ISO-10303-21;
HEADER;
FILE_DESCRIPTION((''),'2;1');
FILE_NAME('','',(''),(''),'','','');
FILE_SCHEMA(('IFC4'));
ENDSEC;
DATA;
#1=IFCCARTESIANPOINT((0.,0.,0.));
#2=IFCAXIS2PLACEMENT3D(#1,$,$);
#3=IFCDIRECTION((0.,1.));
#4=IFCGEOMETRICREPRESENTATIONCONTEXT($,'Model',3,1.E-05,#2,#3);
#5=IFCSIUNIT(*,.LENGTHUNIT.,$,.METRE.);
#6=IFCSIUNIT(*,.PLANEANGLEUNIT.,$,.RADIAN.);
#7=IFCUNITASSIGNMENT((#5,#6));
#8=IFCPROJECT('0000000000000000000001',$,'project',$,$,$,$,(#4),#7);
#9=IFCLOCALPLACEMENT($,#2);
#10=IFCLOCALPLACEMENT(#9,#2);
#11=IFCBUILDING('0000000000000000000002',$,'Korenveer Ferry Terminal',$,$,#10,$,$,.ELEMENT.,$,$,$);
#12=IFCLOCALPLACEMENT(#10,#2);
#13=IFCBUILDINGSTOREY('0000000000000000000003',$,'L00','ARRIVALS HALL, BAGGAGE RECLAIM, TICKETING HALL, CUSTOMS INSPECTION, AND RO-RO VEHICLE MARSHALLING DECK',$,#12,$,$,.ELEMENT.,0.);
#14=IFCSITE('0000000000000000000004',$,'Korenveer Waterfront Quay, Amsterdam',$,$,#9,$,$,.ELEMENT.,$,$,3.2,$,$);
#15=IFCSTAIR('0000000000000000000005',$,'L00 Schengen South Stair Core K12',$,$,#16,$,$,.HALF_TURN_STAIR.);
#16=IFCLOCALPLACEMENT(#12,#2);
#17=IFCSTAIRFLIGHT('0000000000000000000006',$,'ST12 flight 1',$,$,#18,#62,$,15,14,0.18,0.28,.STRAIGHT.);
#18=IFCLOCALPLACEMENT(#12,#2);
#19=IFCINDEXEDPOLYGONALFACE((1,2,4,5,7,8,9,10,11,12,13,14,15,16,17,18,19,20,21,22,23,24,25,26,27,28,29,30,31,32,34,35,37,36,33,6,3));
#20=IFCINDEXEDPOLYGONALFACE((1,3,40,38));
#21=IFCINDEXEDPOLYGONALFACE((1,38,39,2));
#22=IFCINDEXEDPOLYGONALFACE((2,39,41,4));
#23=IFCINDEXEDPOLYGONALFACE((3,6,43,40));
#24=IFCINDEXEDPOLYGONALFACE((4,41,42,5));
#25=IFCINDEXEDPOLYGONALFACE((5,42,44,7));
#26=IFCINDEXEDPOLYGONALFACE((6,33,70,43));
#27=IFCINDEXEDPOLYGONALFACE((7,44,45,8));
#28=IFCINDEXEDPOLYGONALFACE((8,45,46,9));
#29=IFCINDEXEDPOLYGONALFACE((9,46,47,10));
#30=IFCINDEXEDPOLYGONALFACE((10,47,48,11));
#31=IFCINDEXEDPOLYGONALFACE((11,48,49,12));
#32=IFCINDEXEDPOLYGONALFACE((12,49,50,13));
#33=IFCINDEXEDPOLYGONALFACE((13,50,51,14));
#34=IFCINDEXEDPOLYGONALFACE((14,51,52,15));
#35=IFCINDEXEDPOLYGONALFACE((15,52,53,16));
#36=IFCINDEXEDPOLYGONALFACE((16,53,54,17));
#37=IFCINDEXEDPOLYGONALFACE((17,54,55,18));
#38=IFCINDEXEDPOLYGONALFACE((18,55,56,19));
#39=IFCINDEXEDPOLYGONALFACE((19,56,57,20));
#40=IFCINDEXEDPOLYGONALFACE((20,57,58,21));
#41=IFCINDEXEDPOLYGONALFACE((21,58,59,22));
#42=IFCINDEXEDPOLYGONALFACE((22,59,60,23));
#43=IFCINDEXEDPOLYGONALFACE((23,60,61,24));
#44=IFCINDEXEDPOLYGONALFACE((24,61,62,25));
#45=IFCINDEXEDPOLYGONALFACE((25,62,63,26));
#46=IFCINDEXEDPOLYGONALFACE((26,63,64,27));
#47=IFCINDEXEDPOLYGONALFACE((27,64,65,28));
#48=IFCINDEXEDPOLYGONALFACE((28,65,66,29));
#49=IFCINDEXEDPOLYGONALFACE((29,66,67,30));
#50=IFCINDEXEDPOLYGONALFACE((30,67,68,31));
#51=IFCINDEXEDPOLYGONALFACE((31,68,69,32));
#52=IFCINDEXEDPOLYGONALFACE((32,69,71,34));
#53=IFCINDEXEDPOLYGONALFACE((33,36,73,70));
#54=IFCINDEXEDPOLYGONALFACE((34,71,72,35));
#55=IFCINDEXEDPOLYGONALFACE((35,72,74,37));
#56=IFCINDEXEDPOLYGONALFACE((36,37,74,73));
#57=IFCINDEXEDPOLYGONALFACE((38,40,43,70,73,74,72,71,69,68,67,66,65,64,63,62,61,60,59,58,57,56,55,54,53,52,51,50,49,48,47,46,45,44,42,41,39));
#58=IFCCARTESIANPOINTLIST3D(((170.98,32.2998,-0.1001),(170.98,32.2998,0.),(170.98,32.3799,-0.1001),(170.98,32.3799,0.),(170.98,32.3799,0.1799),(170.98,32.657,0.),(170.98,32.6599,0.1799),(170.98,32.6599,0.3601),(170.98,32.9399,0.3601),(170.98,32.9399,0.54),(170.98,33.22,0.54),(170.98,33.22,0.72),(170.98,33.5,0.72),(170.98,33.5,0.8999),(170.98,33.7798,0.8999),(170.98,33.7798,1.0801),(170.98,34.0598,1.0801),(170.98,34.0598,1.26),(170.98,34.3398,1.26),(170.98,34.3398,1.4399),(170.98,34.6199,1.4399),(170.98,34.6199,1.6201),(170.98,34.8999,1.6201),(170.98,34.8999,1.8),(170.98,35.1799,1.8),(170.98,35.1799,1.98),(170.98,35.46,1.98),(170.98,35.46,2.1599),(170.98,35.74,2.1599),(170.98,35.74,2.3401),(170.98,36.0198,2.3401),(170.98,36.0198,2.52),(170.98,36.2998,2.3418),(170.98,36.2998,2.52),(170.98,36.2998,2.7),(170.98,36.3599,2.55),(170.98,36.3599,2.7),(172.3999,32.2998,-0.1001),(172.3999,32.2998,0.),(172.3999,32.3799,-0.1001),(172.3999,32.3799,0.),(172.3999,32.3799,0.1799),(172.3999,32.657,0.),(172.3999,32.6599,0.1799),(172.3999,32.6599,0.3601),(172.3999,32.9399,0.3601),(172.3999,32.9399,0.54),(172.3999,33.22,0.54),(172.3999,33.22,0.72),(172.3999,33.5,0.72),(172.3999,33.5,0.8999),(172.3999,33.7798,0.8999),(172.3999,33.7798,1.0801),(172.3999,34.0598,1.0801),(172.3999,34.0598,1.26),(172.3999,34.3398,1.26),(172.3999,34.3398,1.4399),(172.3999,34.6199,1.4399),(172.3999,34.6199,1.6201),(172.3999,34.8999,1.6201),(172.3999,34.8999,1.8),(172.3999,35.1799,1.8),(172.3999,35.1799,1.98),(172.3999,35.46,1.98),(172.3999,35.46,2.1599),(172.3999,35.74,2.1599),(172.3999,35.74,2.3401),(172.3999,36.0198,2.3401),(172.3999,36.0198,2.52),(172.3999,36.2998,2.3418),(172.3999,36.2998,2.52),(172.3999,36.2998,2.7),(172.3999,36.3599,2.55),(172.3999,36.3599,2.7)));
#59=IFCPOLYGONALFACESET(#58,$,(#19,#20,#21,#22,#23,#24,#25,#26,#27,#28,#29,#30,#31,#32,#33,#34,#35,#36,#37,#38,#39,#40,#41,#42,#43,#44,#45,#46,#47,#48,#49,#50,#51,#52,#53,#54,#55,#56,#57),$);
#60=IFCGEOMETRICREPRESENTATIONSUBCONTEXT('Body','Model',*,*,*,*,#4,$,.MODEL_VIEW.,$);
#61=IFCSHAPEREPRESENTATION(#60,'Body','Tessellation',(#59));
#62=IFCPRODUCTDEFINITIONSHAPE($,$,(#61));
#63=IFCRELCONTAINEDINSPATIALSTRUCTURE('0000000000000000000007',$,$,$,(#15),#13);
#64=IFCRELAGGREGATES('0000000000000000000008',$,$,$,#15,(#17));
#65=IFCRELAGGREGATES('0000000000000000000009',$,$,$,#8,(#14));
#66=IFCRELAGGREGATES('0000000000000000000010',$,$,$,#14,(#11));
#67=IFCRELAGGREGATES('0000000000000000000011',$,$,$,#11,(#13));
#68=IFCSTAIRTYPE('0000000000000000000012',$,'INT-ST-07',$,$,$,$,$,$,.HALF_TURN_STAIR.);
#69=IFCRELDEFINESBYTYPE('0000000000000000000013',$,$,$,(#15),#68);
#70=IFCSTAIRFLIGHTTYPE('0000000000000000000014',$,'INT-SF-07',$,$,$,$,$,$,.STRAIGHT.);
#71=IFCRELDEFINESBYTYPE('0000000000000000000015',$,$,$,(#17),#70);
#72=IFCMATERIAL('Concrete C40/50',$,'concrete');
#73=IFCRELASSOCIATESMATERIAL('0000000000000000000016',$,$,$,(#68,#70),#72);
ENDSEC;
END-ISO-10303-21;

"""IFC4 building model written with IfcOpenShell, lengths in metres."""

from ifc_helpers import new_model, si_unit, direction, frame, origin, place, context, subcontext, project, spatial, polyline, outline, extrude, material, type_object, element, aggregate, save


model = new_model("IFC4")

# Units and contexts
model_context = context("Model", 3, precision=1e-05, world=origin(), true_north=direction((0.0, 1.0)))
body_context = subcontext(model_context, "Body", "Model", "MODEL_VIEW")
ifc_project = project(units=[si_unit("LENGTHUNIT", "METRE"), si_unit("PLANEANGLEUNIT", "RADIAN")], contexts=[model_context])

# Site, building, storey
site_placement = place(None, origin())
site = spatial("IfcSite", under=ifc_project, at=site_placement, Name="Korenveer Waterfront Quay, Amsterdam", CompositionType="ELEMENT", RefElevation=3.2)
building_placement = place(site_placement, origin())
building = spatial("IfcBuilding", under=site, at=building_placement, Name="Korenveer Ferry Terminal", CompositionType="ELEMENT")
storey_placement = place(building_placement, origin())
storey = spatial("IfcBuildingStorey", under=building, at=storey_placement, Name="L00", Description="ARRIVALS HALL, BAGGAGE RECLAIM, TICKETING HALL, CUSTOMS INSPECTION, AND RO-RO VEHICLE MARSHALLING DECK", CompositionType="ELEMENT", Elevation=0.0)

# Shared definitions
ifc_material_1 = material(Name="Concrete C40/50", Category="concrete")

# Stair, stair flight
stair_type = type_object("IfcStairType", Name="INT-ST-07", PredefinedType="HALF_TURN_STAIR", material=ifc_material_1)
stair_placement = place(storey_placement, frame((171.6899, 32.3799, 0.0)))
stair = element("IfcStair", 1, at=stair_placement, inside=storey, type_object=stair_type, Name="L00 Schengen South Stair Core K12", PredefinedType="HALF_TURN_STAIR")
stair_flight_type = type_object("IfcStairFlightType", Name="INT-SF-07", PredefinedType="STRAIGHT", material=ifc_material_1)
stair_flight_placement = place(storey_placement, frame((171.6899, 32.3799, 0.0), z_axis=(0.0, 0.0, 1.0), x_axis=(0.0, 1.0, 0.0)))
stair_flight = element("IfcStairFlight", 2, at=stair_flight_placement, type_object=stair_flight_type, Name="ST12 flight 1", NumberOfRisers=15, NumberOfTreads=14, PredefinedType="STRAIGHT", RiserHeight=0.18, TreadLength=0.28, context=body_context, shape_type="SweptSolid", body=[
    extrude(outline(polyline([(-0.0801, 0.0), (0.0, 0.0), (0.0, 0.1799), (0.28, 0.1799), (0.28, 0.3601), (0.5601, 0.3601), (0.5601, 0.54), (0.8401, 0.54), (0.8401, 0.72), (1.1201, 0.72), (1.1201, 0.8999), (1.3999, 0.8999), (1.3999, 1.0801), (1.6799, 1.0801), (1.6799, 1.26), (1.96, 1.26), (1.96, 1.4399), (2.24, 1.4399), (2.24, 1.6201), (2.52, 1.6201), (2.52, 1.8), (2.8, 1.8), (2.8, 1.98), (3.0801, 1.98), (3.0801, 2.1599), (3.3601, 2.1599), (3.3601, 2.3401), (3.6399, 2.3401), (3.6399, 2.52), (3.9199, 2.52), (3.9199, 2.7), (3.98, 2.7), (3.98, 2.55), (3.9199, 2.3418), (0.2771, 0.0), (0.0, -0.1001), (-0.0801, -0.1001), (-0.0801, 0.0)])), frame((0.0, 0.71, 0.0), z_axis=(0.0, -1.0, 0.0), x_axis=(1.0, 0.0, 0.0)), (0.0, 0.0, 1.0), 1.4199),
])
aggregate(stair, [stair_flight])

save(model, "model.ifc")
